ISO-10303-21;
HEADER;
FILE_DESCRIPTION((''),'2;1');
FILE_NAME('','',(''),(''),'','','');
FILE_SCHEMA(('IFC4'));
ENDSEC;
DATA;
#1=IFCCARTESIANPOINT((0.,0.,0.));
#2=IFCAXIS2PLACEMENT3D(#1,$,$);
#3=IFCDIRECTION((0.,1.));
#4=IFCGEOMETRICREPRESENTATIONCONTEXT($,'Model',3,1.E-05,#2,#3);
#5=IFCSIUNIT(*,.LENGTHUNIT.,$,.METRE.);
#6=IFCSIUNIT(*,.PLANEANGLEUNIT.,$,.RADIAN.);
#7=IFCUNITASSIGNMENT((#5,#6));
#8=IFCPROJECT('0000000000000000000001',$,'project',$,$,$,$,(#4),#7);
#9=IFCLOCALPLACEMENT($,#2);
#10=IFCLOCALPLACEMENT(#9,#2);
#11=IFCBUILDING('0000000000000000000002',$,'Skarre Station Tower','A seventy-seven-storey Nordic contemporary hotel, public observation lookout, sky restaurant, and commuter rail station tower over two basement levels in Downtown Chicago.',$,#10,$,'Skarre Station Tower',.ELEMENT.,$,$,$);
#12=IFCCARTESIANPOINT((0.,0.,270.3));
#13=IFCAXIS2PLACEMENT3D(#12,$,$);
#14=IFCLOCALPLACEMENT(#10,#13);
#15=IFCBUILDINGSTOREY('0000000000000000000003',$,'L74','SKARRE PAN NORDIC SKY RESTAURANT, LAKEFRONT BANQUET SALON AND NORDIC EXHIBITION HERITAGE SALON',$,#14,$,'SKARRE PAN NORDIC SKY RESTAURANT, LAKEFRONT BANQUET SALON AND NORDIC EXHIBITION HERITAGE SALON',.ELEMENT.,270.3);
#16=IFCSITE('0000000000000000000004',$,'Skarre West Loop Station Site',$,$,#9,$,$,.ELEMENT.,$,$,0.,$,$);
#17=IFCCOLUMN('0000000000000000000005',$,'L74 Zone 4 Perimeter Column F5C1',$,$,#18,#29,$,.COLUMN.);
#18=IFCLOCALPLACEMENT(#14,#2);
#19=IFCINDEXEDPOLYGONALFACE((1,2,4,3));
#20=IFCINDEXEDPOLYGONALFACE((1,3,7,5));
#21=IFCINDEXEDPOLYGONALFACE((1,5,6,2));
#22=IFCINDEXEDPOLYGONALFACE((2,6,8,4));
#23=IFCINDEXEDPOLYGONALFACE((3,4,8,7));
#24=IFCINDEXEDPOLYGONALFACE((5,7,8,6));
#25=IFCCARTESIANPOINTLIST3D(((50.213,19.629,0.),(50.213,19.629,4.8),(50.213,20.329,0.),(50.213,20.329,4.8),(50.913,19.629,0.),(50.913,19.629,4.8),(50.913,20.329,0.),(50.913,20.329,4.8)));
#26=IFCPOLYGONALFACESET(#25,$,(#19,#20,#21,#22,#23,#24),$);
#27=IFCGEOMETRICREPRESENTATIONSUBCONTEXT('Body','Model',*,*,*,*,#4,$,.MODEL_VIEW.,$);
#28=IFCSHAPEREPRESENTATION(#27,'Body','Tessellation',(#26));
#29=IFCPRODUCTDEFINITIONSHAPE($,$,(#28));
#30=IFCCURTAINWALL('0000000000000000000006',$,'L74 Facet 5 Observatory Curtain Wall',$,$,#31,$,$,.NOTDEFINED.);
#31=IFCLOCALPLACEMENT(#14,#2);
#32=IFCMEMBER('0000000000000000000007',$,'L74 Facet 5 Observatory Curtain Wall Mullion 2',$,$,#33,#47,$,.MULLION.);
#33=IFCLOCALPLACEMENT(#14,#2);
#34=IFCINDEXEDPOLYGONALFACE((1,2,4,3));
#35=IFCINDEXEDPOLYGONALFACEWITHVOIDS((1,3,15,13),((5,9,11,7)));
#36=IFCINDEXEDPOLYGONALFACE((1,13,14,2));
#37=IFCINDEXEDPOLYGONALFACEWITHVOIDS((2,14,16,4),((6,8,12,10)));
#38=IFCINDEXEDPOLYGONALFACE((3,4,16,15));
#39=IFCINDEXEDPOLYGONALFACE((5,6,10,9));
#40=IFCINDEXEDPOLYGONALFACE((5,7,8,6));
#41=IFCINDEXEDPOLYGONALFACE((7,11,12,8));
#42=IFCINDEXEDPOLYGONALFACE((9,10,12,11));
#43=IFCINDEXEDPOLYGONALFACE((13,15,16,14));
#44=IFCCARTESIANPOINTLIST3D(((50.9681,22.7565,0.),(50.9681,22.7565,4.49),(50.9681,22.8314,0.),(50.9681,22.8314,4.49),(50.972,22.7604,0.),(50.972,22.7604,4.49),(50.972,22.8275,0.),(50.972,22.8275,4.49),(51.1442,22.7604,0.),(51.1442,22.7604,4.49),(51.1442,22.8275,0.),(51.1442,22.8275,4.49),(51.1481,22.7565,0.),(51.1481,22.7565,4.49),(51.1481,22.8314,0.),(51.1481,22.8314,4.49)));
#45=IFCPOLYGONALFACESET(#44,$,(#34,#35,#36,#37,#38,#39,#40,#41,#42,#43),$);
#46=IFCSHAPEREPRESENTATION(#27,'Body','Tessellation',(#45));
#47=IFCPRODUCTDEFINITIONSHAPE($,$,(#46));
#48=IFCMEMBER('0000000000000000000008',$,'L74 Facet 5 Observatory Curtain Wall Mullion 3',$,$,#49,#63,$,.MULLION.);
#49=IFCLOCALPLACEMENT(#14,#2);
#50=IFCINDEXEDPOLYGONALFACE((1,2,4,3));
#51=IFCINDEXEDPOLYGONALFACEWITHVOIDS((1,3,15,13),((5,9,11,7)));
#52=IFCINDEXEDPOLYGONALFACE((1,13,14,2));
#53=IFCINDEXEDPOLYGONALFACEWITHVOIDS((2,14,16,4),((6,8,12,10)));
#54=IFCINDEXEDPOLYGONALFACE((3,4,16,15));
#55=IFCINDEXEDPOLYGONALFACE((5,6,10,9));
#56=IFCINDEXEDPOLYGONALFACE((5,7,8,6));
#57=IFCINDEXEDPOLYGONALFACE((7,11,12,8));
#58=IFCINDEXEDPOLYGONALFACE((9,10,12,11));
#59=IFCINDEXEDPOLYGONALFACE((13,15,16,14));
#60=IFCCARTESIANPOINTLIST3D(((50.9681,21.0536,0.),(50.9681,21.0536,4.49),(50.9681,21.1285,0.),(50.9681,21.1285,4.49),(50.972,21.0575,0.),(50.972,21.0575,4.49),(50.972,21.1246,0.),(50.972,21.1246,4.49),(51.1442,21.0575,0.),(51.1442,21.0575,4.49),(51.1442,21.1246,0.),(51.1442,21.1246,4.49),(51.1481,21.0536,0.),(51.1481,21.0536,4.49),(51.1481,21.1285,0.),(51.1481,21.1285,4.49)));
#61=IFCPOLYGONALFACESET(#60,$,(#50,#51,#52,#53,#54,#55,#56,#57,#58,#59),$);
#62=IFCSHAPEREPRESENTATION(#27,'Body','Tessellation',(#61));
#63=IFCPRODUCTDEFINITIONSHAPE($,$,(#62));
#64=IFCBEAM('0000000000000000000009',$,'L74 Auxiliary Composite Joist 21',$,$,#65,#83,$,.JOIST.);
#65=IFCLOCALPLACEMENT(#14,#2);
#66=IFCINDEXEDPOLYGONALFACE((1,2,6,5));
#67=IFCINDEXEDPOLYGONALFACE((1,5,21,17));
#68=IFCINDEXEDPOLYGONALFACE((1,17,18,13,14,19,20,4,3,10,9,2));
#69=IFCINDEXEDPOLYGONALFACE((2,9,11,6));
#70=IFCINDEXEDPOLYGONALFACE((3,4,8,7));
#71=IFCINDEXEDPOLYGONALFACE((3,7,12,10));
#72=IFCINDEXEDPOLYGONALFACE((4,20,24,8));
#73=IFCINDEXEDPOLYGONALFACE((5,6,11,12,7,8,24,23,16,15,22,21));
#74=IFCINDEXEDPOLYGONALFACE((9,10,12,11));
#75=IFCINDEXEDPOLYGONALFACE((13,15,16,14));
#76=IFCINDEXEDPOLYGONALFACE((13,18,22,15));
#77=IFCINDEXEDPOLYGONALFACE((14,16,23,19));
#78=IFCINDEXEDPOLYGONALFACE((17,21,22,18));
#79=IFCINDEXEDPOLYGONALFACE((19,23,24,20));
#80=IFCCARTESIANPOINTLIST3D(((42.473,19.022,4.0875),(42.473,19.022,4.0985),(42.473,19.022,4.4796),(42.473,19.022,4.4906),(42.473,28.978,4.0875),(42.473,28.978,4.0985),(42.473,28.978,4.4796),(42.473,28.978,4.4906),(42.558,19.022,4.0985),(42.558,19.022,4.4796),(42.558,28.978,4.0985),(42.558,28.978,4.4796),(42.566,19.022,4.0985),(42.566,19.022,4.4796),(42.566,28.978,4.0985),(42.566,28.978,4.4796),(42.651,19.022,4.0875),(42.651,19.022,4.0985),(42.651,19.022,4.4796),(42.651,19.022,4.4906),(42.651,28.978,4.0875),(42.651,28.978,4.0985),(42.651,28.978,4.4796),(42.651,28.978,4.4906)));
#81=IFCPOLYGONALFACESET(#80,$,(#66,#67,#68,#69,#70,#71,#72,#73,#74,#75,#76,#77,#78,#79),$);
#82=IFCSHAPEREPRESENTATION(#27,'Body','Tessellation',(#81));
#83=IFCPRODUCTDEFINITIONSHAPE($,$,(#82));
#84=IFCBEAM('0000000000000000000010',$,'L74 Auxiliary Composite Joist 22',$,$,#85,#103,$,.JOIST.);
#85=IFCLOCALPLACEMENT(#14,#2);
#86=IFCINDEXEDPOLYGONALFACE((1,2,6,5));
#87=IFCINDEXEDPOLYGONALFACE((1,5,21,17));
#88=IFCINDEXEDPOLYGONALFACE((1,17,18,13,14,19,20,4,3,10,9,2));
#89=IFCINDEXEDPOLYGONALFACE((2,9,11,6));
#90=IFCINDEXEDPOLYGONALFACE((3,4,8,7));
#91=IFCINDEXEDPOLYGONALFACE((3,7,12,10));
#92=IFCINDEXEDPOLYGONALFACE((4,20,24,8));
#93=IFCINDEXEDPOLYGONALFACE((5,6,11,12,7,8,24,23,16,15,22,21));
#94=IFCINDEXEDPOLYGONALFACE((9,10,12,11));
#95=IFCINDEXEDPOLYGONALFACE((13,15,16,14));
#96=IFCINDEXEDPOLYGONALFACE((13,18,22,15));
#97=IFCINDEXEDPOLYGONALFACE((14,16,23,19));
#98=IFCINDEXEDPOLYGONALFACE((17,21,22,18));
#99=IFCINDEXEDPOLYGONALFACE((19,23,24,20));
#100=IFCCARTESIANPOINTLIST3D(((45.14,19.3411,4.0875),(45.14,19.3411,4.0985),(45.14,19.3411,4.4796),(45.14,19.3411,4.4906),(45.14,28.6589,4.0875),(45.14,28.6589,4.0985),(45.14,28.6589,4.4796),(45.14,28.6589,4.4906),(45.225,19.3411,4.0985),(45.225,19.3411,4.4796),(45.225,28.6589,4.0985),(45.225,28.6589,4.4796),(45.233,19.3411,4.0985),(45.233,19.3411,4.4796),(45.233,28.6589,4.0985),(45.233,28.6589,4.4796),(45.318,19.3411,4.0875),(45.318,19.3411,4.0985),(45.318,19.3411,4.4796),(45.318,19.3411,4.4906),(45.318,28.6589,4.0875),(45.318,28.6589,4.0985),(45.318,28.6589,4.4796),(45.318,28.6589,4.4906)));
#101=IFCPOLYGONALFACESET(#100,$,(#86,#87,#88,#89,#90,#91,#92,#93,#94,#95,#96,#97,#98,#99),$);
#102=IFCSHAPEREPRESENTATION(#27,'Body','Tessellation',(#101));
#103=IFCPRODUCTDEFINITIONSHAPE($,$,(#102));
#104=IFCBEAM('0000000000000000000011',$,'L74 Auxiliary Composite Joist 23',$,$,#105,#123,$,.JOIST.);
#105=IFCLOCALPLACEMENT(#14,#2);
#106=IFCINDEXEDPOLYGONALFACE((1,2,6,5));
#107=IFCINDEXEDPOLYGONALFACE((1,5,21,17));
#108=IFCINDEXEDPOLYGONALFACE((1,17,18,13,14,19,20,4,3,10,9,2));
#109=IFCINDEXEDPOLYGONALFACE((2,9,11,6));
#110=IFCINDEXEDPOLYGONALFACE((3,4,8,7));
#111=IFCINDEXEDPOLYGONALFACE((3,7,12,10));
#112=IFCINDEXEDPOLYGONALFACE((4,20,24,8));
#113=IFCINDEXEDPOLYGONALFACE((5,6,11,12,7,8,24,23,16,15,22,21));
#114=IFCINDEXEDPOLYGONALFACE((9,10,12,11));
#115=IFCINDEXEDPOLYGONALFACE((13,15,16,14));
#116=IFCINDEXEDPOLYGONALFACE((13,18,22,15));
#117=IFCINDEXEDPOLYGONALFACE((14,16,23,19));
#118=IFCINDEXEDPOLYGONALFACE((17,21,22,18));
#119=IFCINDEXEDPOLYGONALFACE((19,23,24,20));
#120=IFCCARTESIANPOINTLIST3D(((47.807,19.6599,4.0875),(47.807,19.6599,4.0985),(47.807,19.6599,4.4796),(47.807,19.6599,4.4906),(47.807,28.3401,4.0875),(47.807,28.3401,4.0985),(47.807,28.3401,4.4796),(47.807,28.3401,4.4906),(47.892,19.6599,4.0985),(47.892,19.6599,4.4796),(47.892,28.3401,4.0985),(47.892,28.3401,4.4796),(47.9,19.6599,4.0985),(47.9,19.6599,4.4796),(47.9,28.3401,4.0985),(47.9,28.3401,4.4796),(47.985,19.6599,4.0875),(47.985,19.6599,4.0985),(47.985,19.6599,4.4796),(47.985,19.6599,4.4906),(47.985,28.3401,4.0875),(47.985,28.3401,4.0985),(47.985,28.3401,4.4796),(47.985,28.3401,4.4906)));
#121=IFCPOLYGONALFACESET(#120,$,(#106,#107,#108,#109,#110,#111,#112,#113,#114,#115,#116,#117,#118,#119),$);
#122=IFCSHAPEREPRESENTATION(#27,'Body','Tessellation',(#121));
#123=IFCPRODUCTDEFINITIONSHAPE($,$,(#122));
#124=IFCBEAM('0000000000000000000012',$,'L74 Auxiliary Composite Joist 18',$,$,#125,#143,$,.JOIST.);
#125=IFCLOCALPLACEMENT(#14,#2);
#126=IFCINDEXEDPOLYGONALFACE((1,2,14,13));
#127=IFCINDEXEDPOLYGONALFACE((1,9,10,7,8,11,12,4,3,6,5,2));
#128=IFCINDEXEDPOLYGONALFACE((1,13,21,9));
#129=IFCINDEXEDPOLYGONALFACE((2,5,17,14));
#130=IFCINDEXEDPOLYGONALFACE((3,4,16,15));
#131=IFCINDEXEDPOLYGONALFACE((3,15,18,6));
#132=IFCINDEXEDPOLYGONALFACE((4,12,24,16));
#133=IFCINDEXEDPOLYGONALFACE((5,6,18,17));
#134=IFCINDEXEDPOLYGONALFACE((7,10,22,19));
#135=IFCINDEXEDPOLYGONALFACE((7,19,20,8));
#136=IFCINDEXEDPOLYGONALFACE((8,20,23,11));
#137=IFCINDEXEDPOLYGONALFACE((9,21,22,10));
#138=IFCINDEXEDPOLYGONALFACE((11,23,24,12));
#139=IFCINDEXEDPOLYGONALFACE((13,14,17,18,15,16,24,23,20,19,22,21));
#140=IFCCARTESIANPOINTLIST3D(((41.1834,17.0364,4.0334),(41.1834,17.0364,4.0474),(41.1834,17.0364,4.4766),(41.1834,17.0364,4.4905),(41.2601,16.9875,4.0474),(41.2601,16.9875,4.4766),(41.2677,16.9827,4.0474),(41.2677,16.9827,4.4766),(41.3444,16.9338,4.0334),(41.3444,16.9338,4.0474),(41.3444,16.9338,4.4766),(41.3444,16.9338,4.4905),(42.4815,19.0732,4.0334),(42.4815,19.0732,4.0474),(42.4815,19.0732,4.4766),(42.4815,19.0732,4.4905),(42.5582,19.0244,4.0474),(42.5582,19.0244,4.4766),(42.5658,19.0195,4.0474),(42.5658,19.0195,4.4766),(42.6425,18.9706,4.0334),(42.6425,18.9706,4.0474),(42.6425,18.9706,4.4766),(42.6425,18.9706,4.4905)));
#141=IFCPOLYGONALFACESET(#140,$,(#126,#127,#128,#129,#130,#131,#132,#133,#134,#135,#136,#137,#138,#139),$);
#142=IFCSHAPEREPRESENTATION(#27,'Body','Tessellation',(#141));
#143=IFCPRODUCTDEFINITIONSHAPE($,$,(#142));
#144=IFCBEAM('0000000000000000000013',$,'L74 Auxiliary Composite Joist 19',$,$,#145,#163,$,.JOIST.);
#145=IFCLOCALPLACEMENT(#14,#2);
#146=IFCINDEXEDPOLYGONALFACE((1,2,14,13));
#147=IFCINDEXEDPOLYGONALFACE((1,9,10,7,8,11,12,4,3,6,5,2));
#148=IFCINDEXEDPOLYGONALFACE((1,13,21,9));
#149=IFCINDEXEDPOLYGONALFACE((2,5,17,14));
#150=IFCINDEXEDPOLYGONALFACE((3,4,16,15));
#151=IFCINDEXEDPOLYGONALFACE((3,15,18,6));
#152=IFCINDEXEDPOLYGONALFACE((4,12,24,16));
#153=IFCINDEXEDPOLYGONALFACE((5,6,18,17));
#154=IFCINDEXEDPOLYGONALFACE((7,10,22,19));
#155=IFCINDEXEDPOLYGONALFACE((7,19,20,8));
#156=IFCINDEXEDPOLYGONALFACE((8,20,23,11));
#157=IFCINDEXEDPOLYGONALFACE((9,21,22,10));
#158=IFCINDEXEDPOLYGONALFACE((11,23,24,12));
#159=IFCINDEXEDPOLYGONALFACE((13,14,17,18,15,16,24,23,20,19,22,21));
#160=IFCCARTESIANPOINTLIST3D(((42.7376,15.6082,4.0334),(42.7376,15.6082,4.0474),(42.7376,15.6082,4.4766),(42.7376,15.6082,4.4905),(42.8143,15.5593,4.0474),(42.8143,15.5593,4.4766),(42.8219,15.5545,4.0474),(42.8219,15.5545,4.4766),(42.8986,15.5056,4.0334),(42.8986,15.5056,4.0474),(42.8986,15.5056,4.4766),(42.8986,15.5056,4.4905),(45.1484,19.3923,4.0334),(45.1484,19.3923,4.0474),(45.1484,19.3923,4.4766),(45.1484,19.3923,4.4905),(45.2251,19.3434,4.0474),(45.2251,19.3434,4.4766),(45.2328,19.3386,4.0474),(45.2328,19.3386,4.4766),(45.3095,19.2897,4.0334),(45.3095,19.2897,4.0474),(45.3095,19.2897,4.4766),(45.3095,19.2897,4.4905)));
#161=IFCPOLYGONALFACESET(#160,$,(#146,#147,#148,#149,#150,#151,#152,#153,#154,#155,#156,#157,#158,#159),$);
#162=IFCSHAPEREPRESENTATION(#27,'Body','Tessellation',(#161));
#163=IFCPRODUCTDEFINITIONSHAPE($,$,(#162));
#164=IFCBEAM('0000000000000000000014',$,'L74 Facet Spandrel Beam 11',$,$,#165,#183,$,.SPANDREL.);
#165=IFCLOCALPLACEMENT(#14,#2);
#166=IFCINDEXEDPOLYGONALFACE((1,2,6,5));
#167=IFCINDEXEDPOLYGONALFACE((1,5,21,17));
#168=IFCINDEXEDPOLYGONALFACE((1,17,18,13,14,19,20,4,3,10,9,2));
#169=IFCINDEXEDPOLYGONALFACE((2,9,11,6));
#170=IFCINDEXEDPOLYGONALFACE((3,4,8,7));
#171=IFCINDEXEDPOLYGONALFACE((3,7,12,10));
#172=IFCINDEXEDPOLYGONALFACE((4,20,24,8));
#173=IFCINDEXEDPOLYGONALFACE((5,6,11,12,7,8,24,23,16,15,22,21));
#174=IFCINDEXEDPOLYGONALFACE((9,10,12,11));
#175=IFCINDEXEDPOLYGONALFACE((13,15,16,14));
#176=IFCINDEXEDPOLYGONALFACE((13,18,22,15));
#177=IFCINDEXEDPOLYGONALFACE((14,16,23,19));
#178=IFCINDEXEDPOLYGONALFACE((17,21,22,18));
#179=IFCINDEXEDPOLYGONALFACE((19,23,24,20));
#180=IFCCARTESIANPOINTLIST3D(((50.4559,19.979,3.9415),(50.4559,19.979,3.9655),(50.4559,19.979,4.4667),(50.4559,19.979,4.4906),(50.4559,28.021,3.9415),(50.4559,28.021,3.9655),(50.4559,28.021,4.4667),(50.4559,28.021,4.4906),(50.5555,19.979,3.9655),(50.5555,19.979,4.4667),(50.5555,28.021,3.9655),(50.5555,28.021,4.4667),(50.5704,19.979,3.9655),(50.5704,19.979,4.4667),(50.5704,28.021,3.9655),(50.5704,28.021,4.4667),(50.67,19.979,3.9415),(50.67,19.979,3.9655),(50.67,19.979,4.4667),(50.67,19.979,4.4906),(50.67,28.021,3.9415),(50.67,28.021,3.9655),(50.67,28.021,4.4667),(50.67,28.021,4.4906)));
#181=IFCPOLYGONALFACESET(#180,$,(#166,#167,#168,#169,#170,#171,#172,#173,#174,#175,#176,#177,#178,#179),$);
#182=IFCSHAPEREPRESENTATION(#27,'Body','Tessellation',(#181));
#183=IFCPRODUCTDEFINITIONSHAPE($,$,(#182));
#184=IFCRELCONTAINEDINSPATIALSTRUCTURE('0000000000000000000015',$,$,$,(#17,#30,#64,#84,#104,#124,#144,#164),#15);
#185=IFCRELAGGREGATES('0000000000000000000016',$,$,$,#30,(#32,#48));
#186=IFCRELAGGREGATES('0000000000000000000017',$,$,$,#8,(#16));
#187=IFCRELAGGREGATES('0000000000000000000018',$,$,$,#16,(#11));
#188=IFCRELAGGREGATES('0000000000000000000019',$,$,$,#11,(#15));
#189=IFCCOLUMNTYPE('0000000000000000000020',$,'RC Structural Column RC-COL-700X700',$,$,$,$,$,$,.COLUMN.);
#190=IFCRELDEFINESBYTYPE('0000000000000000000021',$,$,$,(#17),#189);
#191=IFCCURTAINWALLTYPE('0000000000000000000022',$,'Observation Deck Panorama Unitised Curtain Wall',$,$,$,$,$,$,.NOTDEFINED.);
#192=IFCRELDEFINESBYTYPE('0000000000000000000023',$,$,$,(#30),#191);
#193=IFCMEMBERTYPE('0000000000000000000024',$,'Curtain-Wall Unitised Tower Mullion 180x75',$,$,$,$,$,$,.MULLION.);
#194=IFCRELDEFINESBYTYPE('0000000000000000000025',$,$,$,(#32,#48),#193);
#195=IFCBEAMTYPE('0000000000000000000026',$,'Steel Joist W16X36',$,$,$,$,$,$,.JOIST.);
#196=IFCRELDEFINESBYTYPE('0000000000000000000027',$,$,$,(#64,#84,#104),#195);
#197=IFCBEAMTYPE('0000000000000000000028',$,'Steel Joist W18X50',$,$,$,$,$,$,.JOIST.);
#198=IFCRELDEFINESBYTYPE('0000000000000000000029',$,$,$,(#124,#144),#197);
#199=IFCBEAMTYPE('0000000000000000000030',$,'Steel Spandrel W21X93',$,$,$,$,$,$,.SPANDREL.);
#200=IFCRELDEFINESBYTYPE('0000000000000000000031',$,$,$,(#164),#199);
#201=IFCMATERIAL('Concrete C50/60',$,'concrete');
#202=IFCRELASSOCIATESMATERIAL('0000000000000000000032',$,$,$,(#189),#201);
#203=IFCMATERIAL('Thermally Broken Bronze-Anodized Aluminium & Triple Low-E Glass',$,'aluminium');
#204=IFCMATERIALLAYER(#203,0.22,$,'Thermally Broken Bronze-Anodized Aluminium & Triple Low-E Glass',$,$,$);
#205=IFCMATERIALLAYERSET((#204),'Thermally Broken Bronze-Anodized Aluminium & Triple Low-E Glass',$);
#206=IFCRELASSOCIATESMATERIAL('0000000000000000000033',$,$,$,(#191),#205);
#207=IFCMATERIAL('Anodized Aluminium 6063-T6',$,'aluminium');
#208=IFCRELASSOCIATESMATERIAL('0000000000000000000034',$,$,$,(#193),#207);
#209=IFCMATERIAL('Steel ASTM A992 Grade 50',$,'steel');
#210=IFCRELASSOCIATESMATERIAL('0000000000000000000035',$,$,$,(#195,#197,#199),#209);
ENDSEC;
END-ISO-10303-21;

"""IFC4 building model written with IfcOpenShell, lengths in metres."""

from ifc_helpers import new_model, si_unit, direction, frame, origin, origin_2d, place, context, subcontext, project, spatial, rectangle, hollow_rectangle, i_section, extrude, material, layer, layer_set, material_profile, profile_set, type_object, element, aggregate, save


model = new_model("IFC4")

# Units and contexts
model_context = context("Model", 3, precision=1e-05, world=origin(), true_north=direction((0.0, 1.0)))
body_context = subcontext(model_context, "Body", "Model", "MODEL_VIEW")
ifc_project = project(units=[si_unit("LENGTHUNIT", "METRE"), si_unit("PLANEANGLEUNIT", "RADIAN")], contexts=[model_context])

# Site, building, storey
site_placement = place(None, origin())
site = spatial("IfcSite", under=ifc_project, at=site_placement, Name="Skarre West Loop Station Site", CompositionType="ELEMENT", RefElevation=0.0)
building_placement = place(site_placement, origin())
building = spatial("IfcBuilding", under=site, at=building_placement, Name="Skarre Station Tower", Description="A seventy-seven-storey Nordic contemporary hotel, public observation lookout, sky restaurant, and commuter rail station tower over two basement levels in Downtown Chicago.", LongName="Skarre Station Tower", CompositionType="ELEMENT")
storey_placement = place(building_placement, frame((0.0, 0.0, 270.3)))
storey = spatial("IfcBuildingStorey", under=building, at=storey_placement, Name="L74", Description="SKARRE PAN NORDIC SKY RESTAURANT, LAKEFRONT BANQUET SALON AND NORDIC EXHIBITION HERITAGE SALON", LongName="SKARRE PAN NORDIC SKY RESTAURANT, LAKEFRONT BANQUET SALON AND NORDIC EXHIBITION HERITAGE SALON", CompositionType="ELEMENT", Elevation=270.3)

# Column
ifc_material_1 = material(Name="Concrete C50/60", Category="concrete")
ifc_material_profile_1 = material_profile(ifc_material_1, rectangle(XDim=0.7, YDim=0.7, at=origin_2d()), Name="Concrete C50/60")
ifc_profile_set_1 = profile_set([ifc_material_profile_1], Name="Concrete C50/60")
column_type = type_object("IfcColumnType", Name="RC Structural Column RC-COL-700X700", PredefinedType="COLUMN", material=ifc_profile_set_1)
column_placement = place(storey_placement, frame((50.563, 19.979, 0.0), z_axis=(0.0, 0.0, 1.0), x_axis=(1.0, 0.0, 0.0)))
element("IfcColumn", 1, at=column_placement, inside=storey, type_object=column_type, Name="L74 Zone 4 Perimeter Column F5C1", PredefinedType="COLUMN", context=body_context, shape_type="SweptSolid", body=[
    extrude(rectangle(XDim=0.7, YDim=0.7, at=origin_2d()), origin(), (0.0, 0.0, 1.0), 4.8),
])

# Curtain wall, members
ifc_material_2 = material(Name="Thermally Broken Bronze-Anodized Aluminium & Triple Low-E Glass", Category="aluminium")
ifc_layer_1 = layer(ifc_material_2, 0.22, Name="Thermally Broken Bronze-Anodized Aluminium & Triple Low-E Glass")
ifc_layer_set_1 = layer_set([ifc_layer_1], Name="Thermally Broken Bronze-Anodized Aluminium & Triple Low-E Glass")
curtain_wall_type = type_object("IfcCurtainWallType", Name="Observation Deck Panorama Unitised Curtain Wall", PredefinedType="NOTDEFINED", material=ifc_layer_set_1)
curtain_wall_placement = place(storey_placement, origin())
curtain_wall = element("IfcCurtainWall", 2, at=curtain_wall_placement, inside=storey, type_object=curtain_wall_type, Name="L74 Facet 5 Observatory Curtain Wall", PredefinedType="NOTDEFINED")
ifc_material_3 = material(Name="Anodized Aluminium 6063-T6", Category="aluminium")
ifc_material_profile_2 = material_profile(ifc_material_3, hollow_rectangle(XDim=0.075, YDim=0.1799, WallThickness=0.0039, at=origin_2d()), Name="Anodized Aluminium 6063-T6")
ifc_profile_set_2 = profile_set([ifc_material_profile_2], Name="Anodized Aluminium 6063-T6")
member_type = type_object("IfcMemberType", Name="Curtain-Wall Unitised Tower Mullion 180x75", PredefinedType="MULLION", material=ifc_profile_set_2)
member_1_placement = place(storey_placement, frame((51.0581, 22.7939, 0.0), z_axis=(0.0, 0.0, 1.0), x_axis=(0.0, -1.0, 0.0)))
member_1 = element("IfcMember", 3, at=member_1_placement, type_object=member_type, Name="L74 Facet 5 Observatory Curtain Wall Mullion 2", PredefinedType="MULLION", context=body_context, shape_type="SweptSolid", body=[
    extrude(hollow_rectangle(XDim=0.075, YDim=0.1799, WallThickness=0.0039, at=origin_2d()), origin(), (0.0, 0.0, 1.0), 4.49),
])
member_2_placement = place(storey_placement, frame((51.0581, 21.0911, 0.0), z_axis=(0.0, 0.0, 1.0), x_axis=(0.0, -1.0, 0.0)))
member_2 = element("IfcMember", 4, at=member_2_placement, type_object=member_type, Name="L74 Facet 5 Observatory Curtain Wall Mullion 3", PredefinedType="MULLION", context=body_context, shape_type="SweptSolid", body=[
    extrude(hollow_rectangle(XDim=0.075, YDim=0.1799, WallThickness=0.0039, at=origin_2d()), origin(), (0.0, 0.0, 1.0), 4.49),
])

# Beams
ifc_material_4 = material(Name="Steel ASTM A992 Grade 50", Category="steel")
ifc_material_profile_3 = material_profile(ifc_material_4, i_section(OverallWidth=0.178, OverallDepth=0.4031, WebThickness=0.0081, FlangeThickness=0.011, at=origin_2d()), Name="Steel ASTM A992 Grade 50")
ifc_profile_set_3 = profile_set([ifc_material_profile_3], Name="Steel ASTM A992 Grade 50")
beam_type_1 = type_object("IfcBeamType", Name="Steel Joist W16X36", PredefinedType="JOIST", material=ifc_profile_set_3)
beam_1_placement = place(storey_placement, frame((42.562, 19.022, 4.2891), z_axis=(0.0, 1.0, 0.0), x_axis=(-1.0, 0.0, 0.0)))
element("IfcBeam", 5, at=beam_1_placement, inside=storey, type_object=beam_type_1, Name="L74 Auxiliary Composite Joist 21", PredefinedType="JOIST", context=body_context, shape_type="SweptSolid", body=[
    extrude(i_section(OverallWidth=0.178, OverallDepth=0.4031, WebThickness=0.0081, FlangeThickness=0.011, at=origin_2d()), origin(), (0.0, 0.0, 1.0), 9.9561),
])
beam_2_placement = place(storey_placement, frame((45.229, 19.3411, 4.2891), z_axis=(0.0, 1.0, 0.0), x_axis=(-1.0, 0.0, 0.0)))
element("IfcBeam", 6, at=beam_2_placement, inside=storey, type_object=beam_type_1, Name="L74 Auxiliary Composite Joist 22", PredefinedType="JOIST", context=body_context, shape_type="SweptSolid", body=[
    extrude(i_section(OverallWidth=0.178, OverallDepth=0.4031, WebThickness=0.0081, FlangeThickness=0.011, at=origin_2d()), origin(), (0.0, 0.0, 1.0), 9.3179),
])
beam_3_placement = place(storey_placement, frame((47.896, 19.6599, 4.2891), z_axis=(0.0, 1.0, 0.0), x_axis=(-1.0, 0.0, 0.0)))
element("IfcBeam", 7, at=beam_3_placement, inside=storey, type_object=beam_type_1, Name="L74 Auxiliary Composite Joist 23", PredefinedType="JOIST", context=body_context, shape_type="SweptSolid", body=[
    extrude(i_section(OverallWidth=0.178, OverallDepth=0.4031, WebThickness=0.0081, FlangeThickness=0.011, at=origin_2d()), origin(), (0.0, 0.0, 1.0), 8.6802),
])
ifc_material_profile_4 = material_profile(ifc_material_4, i_section(OverallWidth=0.1909, OverallDepth=0.457, WebThickness=0.009, FlangeThickness=0.0139, at=origin_2d()), Name="Steel ASTM A992 Grade 50")
ifc_profile_set_4 = profile_set([ifc_material_profile_4], Name="Steel ASTM A992 Grade 50")
beam_type_2 = type_object("IfcBeamType", Name="Steel Joist W18X50", PredefinedType="JOIST", material=ifc_profile_set_4)
beam_4_placement = place(storey_placement, frame((41.2639, 16.9851, 4.262), z_axis=(0.537438, 0.843303, 0.0), x_axis=(-0.843303, 0.537438, 0.0)))
element("IfcBeam", 8, at=beam_4_placement, inside=storey, type_object=beam_type_2, Name="L74 Auxiliary Composite Joist 18", PredefinedType="JOIST", context=body_context, shape_type="SweptSolid", body=[
    extrude(i_section(OverallWidth=0.1909, OverallDepth=0.457, WebThickness=0.009, FlangeThickness=0.0139, at=origin_2d()), origin(), (0.0, 0.0, 1.0), 2.4153),
])
beam_5_placement = place(storey_placement, frame((42.8181, 15.5569, 4.262), z_axis=(0.537316, 0.843381, 0.0), x_axis=(-0.843381, 0.537316, 0.0)))
element("IfcBeam", 9, at=beam_5_placement, inside=storey, type_object=beam_type_2, Name="L74 Auxiliary Composite Joist 19", PredefinedType="JOIST", context=body_context, shape_type="SweptSolid", body=[
    extrude(i_section(OverallWidth=0.1909, OverallDepth=0.457, WebThickness=0.009, FlangeThickness=0.0139, at=origin_2d()), origin(), (0.0, 0.0, 1.0), 4.4868),
])
ifc_material_profile_5 = material_profile(ifc_material_4, i_section(OverallWidth=0.2141, OverallDepth=0.5491, WebThickness=0.0149, FlangeThickness=0.0239, at=origin_2d()), Name="Steel ASTM A992 Grade 50")
ifc_profile_set_5 = profile_set([ifc_material_profile_5], Name="Steel ASTM A992 Grade 50")
beam_type_3 = type_object("IfcBeamType", Name="Steel Spandrel W21X93", PredefinedType="SPANDREL", material=ifc_profile_set_5)
beam_6_placement = place(storey_placement, frame((50.563, 19.979, 4.2161), z_axis=(0.0, 1.0, 0.0), x_axis=(-1.0, 0.0, 0.0)))
element("IfcBeam", 10, at=beam_6_placement, inside=storey, type_object=beam_type_3, Name="L74 Facet Spandrel Beam 11", PredefinedType="SPANDREL", context=body_context, shape_type="SweptSolid", body=[
    extrude(i_section(OverallWidth=0.2141, OverallDepth=0.5491, WebThickness=0.0149, FlangeThickness=0.0239, at=origin_2d()), origin(), (0.0, 0.0, 1.0), 8.042),
])

aggregate(curtain_wall, [member_1, member_2])

save(model, "model.ifc")
